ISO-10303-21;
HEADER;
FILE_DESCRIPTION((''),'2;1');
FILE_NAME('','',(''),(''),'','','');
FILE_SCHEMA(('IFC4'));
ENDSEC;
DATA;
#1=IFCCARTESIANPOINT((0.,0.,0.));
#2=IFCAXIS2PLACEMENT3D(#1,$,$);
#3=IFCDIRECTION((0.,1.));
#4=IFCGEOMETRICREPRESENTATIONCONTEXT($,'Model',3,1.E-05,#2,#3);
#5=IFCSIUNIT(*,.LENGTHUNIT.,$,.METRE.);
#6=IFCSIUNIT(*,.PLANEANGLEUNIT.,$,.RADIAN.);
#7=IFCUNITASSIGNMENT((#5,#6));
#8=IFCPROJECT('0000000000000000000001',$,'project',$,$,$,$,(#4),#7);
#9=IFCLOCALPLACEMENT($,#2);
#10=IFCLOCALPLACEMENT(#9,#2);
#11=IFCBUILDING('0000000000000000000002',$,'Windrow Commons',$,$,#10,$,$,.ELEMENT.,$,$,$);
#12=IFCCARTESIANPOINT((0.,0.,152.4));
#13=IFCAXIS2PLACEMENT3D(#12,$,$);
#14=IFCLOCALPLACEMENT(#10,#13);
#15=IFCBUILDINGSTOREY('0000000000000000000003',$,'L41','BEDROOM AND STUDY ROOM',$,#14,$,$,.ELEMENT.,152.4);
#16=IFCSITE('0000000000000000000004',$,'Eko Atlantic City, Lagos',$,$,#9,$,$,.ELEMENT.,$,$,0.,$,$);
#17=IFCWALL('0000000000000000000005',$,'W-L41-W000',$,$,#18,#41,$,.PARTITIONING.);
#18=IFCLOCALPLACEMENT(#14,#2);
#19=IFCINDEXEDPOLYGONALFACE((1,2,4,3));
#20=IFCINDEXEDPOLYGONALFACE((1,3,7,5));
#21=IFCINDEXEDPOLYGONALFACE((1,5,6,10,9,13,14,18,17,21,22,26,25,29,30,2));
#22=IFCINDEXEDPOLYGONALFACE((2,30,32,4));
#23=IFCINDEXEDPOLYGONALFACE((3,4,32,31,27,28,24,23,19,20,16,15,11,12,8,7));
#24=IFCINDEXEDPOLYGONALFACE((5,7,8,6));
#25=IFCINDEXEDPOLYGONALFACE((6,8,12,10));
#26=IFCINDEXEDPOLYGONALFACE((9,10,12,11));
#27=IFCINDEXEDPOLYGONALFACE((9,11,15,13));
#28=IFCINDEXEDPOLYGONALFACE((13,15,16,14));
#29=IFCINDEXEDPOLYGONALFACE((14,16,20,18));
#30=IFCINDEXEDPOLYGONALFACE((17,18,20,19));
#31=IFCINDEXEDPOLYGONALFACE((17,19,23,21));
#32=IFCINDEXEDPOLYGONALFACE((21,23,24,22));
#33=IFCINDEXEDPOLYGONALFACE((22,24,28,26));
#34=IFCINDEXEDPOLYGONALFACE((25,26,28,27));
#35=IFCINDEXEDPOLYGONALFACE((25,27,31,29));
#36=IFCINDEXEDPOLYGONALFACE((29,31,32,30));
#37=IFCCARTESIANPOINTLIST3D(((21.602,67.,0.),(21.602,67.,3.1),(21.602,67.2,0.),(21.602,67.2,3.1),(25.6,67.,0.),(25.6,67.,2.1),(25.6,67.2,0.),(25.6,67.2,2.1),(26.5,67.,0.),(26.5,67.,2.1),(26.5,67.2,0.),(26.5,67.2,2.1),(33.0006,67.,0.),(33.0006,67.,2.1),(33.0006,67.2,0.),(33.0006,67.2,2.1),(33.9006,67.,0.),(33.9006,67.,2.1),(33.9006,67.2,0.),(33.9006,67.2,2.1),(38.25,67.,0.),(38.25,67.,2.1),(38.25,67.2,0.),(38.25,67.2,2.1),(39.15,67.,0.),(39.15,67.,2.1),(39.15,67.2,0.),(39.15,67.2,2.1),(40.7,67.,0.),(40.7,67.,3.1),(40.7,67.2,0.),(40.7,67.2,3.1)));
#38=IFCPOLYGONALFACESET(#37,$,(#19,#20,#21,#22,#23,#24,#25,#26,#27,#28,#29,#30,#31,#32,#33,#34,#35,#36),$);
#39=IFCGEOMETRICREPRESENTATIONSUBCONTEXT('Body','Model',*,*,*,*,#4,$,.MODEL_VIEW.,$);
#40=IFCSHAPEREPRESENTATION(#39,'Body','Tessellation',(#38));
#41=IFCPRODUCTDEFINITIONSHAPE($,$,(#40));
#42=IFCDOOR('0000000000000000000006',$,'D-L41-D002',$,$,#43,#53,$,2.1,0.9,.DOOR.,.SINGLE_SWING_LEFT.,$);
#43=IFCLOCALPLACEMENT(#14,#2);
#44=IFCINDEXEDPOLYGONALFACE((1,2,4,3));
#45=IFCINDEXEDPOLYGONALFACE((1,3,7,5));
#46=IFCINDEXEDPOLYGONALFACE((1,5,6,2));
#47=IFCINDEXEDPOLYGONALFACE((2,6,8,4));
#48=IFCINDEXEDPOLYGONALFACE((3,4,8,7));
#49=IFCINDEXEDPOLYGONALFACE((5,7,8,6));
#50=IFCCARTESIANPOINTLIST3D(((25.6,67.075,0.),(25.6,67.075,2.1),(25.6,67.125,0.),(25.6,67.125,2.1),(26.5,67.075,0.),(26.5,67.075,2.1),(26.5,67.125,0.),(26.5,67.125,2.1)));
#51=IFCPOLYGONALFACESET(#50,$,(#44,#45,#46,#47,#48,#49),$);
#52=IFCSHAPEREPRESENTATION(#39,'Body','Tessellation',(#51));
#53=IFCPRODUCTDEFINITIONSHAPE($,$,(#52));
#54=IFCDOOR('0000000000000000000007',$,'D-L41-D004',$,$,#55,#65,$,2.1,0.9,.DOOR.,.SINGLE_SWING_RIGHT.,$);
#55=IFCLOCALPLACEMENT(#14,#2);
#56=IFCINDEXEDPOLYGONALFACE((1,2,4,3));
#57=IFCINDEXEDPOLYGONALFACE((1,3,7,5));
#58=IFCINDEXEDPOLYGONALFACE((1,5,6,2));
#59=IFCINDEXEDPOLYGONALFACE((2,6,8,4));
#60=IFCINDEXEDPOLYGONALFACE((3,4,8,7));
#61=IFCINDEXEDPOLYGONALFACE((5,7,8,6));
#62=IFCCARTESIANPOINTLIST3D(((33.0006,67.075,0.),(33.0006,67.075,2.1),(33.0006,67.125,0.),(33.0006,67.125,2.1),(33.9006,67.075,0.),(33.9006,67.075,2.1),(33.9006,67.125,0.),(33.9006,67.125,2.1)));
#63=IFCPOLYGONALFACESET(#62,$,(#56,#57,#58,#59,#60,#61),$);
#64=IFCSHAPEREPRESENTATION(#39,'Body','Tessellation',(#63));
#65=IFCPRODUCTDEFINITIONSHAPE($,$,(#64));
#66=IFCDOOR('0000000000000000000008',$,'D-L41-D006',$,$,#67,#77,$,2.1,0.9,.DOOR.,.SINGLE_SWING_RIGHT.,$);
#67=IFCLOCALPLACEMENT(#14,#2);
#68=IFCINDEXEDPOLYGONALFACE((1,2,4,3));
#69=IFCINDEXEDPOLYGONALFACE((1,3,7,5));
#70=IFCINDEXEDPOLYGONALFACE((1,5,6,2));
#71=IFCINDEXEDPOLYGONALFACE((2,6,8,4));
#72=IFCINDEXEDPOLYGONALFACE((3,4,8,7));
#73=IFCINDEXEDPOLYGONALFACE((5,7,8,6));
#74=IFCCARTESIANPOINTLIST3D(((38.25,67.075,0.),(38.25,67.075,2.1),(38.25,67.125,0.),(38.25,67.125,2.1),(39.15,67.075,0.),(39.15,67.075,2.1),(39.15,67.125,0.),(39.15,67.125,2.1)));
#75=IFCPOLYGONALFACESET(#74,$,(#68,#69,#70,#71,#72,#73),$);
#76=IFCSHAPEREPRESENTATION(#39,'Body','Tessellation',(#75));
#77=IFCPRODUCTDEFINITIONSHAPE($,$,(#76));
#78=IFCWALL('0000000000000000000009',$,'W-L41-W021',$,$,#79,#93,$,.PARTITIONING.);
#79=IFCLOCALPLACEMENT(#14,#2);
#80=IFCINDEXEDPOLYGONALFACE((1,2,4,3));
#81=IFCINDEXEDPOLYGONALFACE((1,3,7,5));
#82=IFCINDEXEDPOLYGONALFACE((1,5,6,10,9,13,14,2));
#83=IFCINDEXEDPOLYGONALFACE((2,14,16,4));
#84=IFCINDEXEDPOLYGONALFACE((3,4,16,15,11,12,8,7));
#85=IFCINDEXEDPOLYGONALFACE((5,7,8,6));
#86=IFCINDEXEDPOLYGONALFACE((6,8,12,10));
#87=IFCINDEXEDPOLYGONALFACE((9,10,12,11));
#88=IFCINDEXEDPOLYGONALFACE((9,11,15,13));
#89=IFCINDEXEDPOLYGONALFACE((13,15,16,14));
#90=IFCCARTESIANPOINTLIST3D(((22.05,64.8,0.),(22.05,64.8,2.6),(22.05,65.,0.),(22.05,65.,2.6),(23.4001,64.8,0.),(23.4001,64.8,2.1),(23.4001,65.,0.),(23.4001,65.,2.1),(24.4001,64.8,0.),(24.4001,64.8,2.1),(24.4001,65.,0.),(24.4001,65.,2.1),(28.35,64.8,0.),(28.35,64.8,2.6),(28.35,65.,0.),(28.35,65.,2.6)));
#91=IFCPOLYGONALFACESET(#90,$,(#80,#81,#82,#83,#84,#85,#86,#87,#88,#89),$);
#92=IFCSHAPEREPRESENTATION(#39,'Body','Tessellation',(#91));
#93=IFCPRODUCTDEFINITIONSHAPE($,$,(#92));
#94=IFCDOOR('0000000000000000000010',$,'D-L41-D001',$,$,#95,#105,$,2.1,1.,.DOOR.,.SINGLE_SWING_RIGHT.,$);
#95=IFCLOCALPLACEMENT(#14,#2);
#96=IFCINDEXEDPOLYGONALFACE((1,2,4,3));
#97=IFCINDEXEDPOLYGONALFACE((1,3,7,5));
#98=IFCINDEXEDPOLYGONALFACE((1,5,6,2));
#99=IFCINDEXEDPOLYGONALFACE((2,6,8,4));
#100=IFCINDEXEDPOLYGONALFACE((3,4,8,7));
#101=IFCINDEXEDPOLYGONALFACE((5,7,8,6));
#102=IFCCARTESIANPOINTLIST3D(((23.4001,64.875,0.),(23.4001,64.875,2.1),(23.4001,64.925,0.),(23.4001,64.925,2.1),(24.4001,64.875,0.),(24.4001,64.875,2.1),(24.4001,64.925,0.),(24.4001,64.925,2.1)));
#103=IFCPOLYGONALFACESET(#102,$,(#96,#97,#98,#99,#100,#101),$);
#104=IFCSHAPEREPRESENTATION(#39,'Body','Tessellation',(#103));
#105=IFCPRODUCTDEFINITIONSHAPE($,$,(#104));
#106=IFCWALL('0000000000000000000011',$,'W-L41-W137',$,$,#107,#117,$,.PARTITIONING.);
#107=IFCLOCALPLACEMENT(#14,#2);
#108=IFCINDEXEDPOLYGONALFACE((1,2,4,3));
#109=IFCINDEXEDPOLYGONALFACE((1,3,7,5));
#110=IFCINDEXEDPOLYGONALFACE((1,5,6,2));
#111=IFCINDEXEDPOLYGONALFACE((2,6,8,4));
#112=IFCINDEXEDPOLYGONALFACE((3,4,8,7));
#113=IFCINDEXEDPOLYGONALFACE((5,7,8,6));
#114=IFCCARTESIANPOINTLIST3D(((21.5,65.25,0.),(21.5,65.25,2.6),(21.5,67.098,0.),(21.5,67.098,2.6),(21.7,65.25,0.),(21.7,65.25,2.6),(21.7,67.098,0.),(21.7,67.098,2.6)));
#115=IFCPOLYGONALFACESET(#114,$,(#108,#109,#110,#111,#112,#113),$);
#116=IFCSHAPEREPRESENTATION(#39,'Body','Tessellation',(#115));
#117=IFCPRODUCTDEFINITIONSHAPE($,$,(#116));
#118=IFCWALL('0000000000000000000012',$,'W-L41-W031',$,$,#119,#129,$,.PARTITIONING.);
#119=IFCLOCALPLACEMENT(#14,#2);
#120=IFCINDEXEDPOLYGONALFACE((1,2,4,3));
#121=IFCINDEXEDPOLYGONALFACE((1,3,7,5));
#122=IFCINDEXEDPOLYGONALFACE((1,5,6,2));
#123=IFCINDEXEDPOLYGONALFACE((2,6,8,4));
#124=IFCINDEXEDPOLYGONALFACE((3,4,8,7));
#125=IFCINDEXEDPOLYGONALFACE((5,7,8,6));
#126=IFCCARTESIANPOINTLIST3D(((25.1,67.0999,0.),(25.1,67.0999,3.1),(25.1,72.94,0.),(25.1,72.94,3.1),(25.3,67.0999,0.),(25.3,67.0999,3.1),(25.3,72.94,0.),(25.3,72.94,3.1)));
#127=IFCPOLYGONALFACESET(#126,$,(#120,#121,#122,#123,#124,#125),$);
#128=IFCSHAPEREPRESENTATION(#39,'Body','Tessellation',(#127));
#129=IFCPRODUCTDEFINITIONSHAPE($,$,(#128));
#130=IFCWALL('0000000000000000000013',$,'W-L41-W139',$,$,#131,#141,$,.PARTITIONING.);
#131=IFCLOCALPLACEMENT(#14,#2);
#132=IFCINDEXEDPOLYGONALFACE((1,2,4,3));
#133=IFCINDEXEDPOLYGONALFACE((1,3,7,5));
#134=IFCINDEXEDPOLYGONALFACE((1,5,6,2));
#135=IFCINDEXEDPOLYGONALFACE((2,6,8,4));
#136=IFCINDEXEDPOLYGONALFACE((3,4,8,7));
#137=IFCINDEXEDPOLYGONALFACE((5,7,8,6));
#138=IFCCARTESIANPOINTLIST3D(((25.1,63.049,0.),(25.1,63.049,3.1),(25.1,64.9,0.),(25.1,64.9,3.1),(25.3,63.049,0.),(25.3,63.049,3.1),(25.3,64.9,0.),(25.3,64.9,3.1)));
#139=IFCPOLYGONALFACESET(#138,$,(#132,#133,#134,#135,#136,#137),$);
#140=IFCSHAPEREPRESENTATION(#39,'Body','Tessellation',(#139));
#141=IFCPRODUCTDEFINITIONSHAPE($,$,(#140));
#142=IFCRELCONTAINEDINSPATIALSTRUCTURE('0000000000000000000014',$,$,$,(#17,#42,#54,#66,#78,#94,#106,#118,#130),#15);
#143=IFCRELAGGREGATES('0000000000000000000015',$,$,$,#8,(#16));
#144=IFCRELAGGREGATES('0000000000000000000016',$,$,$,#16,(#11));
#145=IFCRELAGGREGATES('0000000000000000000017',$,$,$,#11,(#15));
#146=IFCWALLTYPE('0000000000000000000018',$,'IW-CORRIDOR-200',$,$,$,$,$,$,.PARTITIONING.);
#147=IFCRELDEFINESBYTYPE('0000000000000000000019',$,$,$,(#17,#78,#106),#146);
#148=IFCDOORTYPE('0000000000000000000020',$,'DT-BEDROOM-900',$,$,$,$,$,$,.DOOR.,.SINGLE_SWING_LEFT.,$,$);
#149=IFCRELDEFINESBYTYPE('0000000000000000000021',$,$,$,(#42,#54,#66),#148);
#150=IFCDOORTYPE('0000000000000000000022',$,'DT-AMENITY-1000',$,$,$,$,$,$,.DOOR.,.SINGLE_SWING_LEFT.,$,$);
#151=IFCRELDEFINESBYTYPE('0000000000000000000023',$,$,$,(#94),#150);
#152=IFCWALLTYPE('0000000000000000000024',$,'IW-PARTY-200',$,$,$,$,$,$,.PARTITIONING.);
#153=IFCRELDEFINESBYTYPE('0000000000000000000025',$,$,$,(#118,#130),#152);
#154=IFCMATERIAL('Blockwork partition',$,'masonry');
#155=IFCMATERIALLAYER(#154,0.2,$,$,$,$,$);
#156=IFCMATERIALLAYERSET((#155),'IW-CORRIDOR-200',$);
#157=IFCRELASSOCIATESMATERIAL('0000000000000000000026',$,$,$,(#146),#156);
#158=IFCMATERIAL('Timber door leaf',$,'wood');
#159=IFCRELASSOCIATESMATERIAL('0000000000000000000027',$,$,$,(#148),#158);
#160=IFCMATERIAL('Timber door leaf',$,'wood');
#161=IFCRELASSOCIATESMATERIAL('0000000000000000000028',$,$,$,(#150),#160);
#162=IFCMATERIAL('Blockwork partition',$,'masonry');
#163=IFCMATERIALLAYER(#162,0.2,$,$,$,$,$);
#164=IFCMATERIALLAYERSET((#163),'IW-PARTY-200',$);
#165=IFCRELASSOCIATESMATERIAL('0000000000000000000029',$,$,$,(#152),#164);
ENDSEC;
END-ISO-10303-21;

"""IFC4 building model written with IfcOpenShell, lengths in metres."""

from ifc_helpers import new_model, si_unit, direction, frame, frame_2d, origin, place, context, subcontext, project, spatial, rectangle, extrude, material, layer, layer_set, type_object, element, fill, save


model = new_model("IFC4")

# Units and contexts
model_context = context("Model", 3, precision=1e-05, world=origin(), true_north=direction((0.0, 1.0)))
body_context = subcontext(model_context, "Body", "Model", "MODEL_VIEW")
ifc_project = project(units=[si_unit("LENGTHUNIT", "METRE"), si_unit("PLANEANGLEUNIT", "RADIAN")], contexts=[model_context])

# Site, building, storey
site_placement = place(None, origin())
site = spatial("IfcSite", under=ifc_project, at=site_placement, Name="Eko Atlantic City, Lagos", CompositionType="ELEMENT", RefElevation=0.0)
building_placement = place(site_placement, origin())
building = spatial("IfcBuilding", under=site, at=building_placement, Name="Windrow Commons", CompositionType="ELEMENT")
storey_placement = place(building_placement, frame((0.0, 0.0, 152.4)))
storey = spatial("IfcBuildingStorey", under=building, at=storey_placement, Name="L41", Description="BEDROOM AND STUDY ROOM", CompositionType="ELEMENT", Elevation=152.4)

# Wall, openings, doors
ifc_material_1 = material(Name="Blockwork partition", Category="masonry")
ifc_layer_1 = layer(ifc_material_1, 0.2)
ifc_layer_set_1 = layer_set([ifc_layer_1], Name="IW-CORRIDOR-200")
wall_type_1 = type_object("IfcWallType", Name="IW-CORRIDOR-200", PredefinedType="PARTITIONING", material=ifc_layer_set_1)
wall_1_placement = place(storey_placement, frame((21.602, 67.1, 0.0), z_axis=(0.0, 0.0, 1.0), x_axis=(1.0, 0.0, 0.0)))
wall_1 = element("IfcWall", 1, at=wall_1_placement, inside=storey, type_object=wall_type_1, Name="W-L41-W000", PredefinedType="PARTITIONING", context=body_context, shape_type="SweptSolid", body=[
    extrude(rectangle(XDim=19.098, YDim=0.2, at=frame_2d((9.549, 0.0))), origin(), (0.0, 0.0, 1.0), 3.1),
])
opening_1_placement = place(wall_1_placement, frame((3.998, 0.0, 0.0)))
opening_1 = element("IfcOpeningElement", 2, at=opening_1_placement, cuts=wall_1, PredefinedType="OPENING", context=body_context, shape_type="SweptSolid", body=[
    extrude(rectangle(XDim=0.9, YDim=2.1, at=frame_2d((0.45, 1.05))), frame((0.0, 0.11, 0.0), z_axis=(0.0, -1.0, 0.0), x_axis=(1.0, 0.0, 0.0)), (0.0, 0.0, 1.0), 0.22),
])
opening_2_placement = place(wall_1_placement, frame((11.3986, 0.0, 0.0)))
opening_2 = element("IfcOpeningElement", 3, at=opening_2_placement, cuts=wall_1, PredefinedType="OPENING", context=body_context, shape_type="SweptSolid", body=[
    extrude(rectangle(XDim=0.9, YDim=2.1, at=frame_2d((0.45, 1.05))), frame((0.0, 0.11, 0.0), z_axis=(0.0, -1.0, 0.0), x_axis=(1.0, 0.0, 0.0)), (0.0, 0.0, 1.0), 0.22),
])
opening_3_placement = place(wall_1_placement, frame((16.648, 0.0, 0.0)))
opening_3 = element("IfcOpeningElement", 4, at=opening_3_placement, cuts=wall_1, PredefinedType="OPENING", context=body_context, shape_type="SweptSolid", body=[
    extrude(rectangle(XDim=0.9, YDim=2.1, at=frame_2d((0.45, 1.05))), frame((0.0, 0.11, 0.0), z_axis=(0.0, -1.0, 0.0), x_axis=(1.0, 0.0, 0.0)), (0.0, 0.0, 1.0), 0.22),
])
ifc_material_2 = material(Name="Timber door leaf", Category="wood")
door_type_1 = type_object("IfcDoorType", Name="DT-BEDROOM-900", OperationType="SINGLE_SWING_LEFT", PredefinedType="DOOR", material=ifc_material_2)
door_1_placement = place(opening_1_placement, origin())
door_1 = element("IfcDoor", 5, at=door_1_placement, inside=storey, type_object=door_type_1, Name="D-L41-D002", OperationType="SINGLE_SWING_LEFT", OverallHeight=2.1, OverallWidth=0.9, PredefinedType="DOOR", context=body_context, shape_type="SweptSolid", body=[
    extrude(rectangle(XDim=0.9, YDim=2.1, at=frame_2d((0.45, 1.05))), frame((0.0, 0.025, 0.0), z_axis=(0.0, -1.0, 0.0), x_axis=(1.0, 0.0, 0.0)), (0.0, 0.0, 1.0), 0.05),
])
fill(opening_1, door_1)
door_2_placement = place(opening_2_placement, origin())
door_2 = element("IfcDoor", 6, at=door_2_placement, inside=storey, type_object=door_type_1, Name="D-L41-D004", OperationType="SINGLE_SWING_RIGHT", OverallHeight=2.1, OverallWidth=0.9, PredefinedType="DOOR", context=body_context, shape_type="SweptSolid", body=[
    extrude(rectangle(XDim=0.9, YDim=2.1, at=frame_2d((0.45, 1.05))), frame((0.0, 0.025, 0.0), z_axis=(0.0, -1.0, 0.0), x_axis=(1.0, 0.0, 0.0)), (0.0, 0.0, 1.0), 0.05),
])
fill(opening_2, door_2)
door_3_placement = place(opening_3_placement, origin())
door_3 = element("IfcDoor", 7, at=door_3_placement, inside=storey, type_object=door_type_1, Name="D-L41-D006", OperationType="SINGLE_SWING_RIGHT", OverallHeight=2.1, OverallWidth=0.9, PredefinedType="DOOR", context=body_context, shape_type="SweptSolid", body=[
    extrude(rectangle(XDim=0.9, YDim=2.1, at=frame_2d((0.45, 1.05))), frame((0.0, 0.025, 0.0), z_axis=(0.0, -1.0, 0.0), x_axis=(1.0, 0.0, 0.0)), (0.0, 0.0, 1.0), 0.05),
])
fill(opening_3, door_3)

# Wall, opening, door
wall_2_placement = place(storey_placement, frame((22.05, 64.9, 0.0), z_axis=(0.0, 0.0, 1.0), x_axis=(1.0, 0.0, 0.0)))
wall_2 = element("IfcWall", 8, at=wall_2_placement, inside=storey, type_object=wall_type_1, Name="W-L41-W021", PredefinedType="PARTITIONING", context=body_context, shape_type="SweptSolid", body=[
    extrude(rectangle(XDim=6.3, YDim=0.2, at=frame_2d((3.15, 0.0))), origin(), (0.0, 0.0, 1.0), 2.6),
])
opening_4_placement = place(wall_2_placement, frame((1.3501, 0.0, 0.0)))
opening_4 = element("IfcOpeningElement", 9, at=opening_4_placement, cuts=wall_2, PredefinedType="OPENING", context=body_context, shape_type="SweptSolid", body=[
    extrude(rectangle(XDim=1.0, YDim=2.1, at=frame_2d((0.5, 1.05))), frame((0.0, 0.11, 0.0), z_axis=(0.0, -1.0, 0.0), x_axis=(1.0, 0.0, 0.0)), (0.0, 0.0, 1.0), 0.22),
])
ifc_material_3 = material(Name="Timber door leaf", Category="wood")
door_type_2 = type_object("IfcDoorType", Name="DT-AMENITY-1000", OperationType="SINGLE_SWING_LEFT", PredefinedType="DOOR", material=ifc_material_3)
door_4_placement = place(opening_4_placement, origin())
door_4 = element("IfcDoor", 10, at=door_4_placement, inside=storey, type_object=door_type_2, Name="D-L41-D001", OperationType="SINGLE_SWING_RIGHT", OverallHeight=2.1, OverallWidth=1.0, PredefinedType="DOOR", context=body_context, shape_type="SweptSolid", body=[
    extrude(rectangle(XDim=1.0, YDim=2.1, at=frame_2d((0.5, 1.05))), frame((0.0, 0.025, 0.0), z_axis=(0.0, -1.0, 0.0), x_axis=(1.0, 0.0, 0.0)), (0.0, 0.0, 1.0), 0.05),
])
fill(opening_4, door_4)

# Walls
wall_3_placement = place(storey_placement, frame((21.6, 65.25, 0.0), z_axis=(0.0, 0.0, 1.0), x_axis=(0.0, 1.0, 0.0)))
element("IfcWall", 11, at=wall_3_placement, inside=storey, type_object=wall_type_1, Name="W-L41-W137", PredefinedType="PARTITIONING", context=body_context, shape_type="SweptSolid", body=[
    extrude(rectangle(XDim=1.848, YDim=0.2, at=frame_2d((0.924, 0.0))), origin(), (0.0, 0.0, 1.0), 2.6),
])
ifc_material_4 = material(Name="Blockwork partition", Category="masonry")
ifc_layer_2 = layer(ifc_material_4, 0.2)
ifc_layer_set_2 = layer_set([ifc_layer_2], Name="IW-PARTY-200")
wall_type_2 = type_object("IfcWallType", Name="IW-PARTY-200", PredefinedType="PARTITIONING", material=ifc_layer_set_2)
wall_4_placement = place(storey_placement, frame((25.2, 67.1, 0.0), z_axis=(0.0, 0.0, 1.0), x_axis=(0.0, 1.0, 0.0)))
element("IfcWall", 12, at=wall_4_placement, inside=storey, type_object=wall_type_2, Name="W-L41-W031", PredefinedType="PARTITIONING", context=body_context, shape_type="SweptSolid", body=[
    extrude(rectangle(XDim=5.8401, YDim=0.2, at=frame_2d((2.92, 0.0))), origin(), (0.0, 0.0, 1.0), 3.1),
])
wall_5_placement = place(storey_placement, frame((25.2, 63.049, 0.0), z_axis=(0.0, 0.0, 1.0), x_axis=(0.0, 1.0, 0.0)))
element("IfcWall", 13, at=wall_5_placement, inside=storey, type_object=wall_type_2, Name="W-L41-W139", PredefinedType="PARTITIONING", context=body_context, shape_type="SweptSolid", body=[
    extrude(rectangle(XDim=1.851, YDim=0.2, at=frame_2d((0.9255, 0.0))), origin(), (0.0, 0.0, 1.0), 3.1),
])

save(model, "model.ifc")
